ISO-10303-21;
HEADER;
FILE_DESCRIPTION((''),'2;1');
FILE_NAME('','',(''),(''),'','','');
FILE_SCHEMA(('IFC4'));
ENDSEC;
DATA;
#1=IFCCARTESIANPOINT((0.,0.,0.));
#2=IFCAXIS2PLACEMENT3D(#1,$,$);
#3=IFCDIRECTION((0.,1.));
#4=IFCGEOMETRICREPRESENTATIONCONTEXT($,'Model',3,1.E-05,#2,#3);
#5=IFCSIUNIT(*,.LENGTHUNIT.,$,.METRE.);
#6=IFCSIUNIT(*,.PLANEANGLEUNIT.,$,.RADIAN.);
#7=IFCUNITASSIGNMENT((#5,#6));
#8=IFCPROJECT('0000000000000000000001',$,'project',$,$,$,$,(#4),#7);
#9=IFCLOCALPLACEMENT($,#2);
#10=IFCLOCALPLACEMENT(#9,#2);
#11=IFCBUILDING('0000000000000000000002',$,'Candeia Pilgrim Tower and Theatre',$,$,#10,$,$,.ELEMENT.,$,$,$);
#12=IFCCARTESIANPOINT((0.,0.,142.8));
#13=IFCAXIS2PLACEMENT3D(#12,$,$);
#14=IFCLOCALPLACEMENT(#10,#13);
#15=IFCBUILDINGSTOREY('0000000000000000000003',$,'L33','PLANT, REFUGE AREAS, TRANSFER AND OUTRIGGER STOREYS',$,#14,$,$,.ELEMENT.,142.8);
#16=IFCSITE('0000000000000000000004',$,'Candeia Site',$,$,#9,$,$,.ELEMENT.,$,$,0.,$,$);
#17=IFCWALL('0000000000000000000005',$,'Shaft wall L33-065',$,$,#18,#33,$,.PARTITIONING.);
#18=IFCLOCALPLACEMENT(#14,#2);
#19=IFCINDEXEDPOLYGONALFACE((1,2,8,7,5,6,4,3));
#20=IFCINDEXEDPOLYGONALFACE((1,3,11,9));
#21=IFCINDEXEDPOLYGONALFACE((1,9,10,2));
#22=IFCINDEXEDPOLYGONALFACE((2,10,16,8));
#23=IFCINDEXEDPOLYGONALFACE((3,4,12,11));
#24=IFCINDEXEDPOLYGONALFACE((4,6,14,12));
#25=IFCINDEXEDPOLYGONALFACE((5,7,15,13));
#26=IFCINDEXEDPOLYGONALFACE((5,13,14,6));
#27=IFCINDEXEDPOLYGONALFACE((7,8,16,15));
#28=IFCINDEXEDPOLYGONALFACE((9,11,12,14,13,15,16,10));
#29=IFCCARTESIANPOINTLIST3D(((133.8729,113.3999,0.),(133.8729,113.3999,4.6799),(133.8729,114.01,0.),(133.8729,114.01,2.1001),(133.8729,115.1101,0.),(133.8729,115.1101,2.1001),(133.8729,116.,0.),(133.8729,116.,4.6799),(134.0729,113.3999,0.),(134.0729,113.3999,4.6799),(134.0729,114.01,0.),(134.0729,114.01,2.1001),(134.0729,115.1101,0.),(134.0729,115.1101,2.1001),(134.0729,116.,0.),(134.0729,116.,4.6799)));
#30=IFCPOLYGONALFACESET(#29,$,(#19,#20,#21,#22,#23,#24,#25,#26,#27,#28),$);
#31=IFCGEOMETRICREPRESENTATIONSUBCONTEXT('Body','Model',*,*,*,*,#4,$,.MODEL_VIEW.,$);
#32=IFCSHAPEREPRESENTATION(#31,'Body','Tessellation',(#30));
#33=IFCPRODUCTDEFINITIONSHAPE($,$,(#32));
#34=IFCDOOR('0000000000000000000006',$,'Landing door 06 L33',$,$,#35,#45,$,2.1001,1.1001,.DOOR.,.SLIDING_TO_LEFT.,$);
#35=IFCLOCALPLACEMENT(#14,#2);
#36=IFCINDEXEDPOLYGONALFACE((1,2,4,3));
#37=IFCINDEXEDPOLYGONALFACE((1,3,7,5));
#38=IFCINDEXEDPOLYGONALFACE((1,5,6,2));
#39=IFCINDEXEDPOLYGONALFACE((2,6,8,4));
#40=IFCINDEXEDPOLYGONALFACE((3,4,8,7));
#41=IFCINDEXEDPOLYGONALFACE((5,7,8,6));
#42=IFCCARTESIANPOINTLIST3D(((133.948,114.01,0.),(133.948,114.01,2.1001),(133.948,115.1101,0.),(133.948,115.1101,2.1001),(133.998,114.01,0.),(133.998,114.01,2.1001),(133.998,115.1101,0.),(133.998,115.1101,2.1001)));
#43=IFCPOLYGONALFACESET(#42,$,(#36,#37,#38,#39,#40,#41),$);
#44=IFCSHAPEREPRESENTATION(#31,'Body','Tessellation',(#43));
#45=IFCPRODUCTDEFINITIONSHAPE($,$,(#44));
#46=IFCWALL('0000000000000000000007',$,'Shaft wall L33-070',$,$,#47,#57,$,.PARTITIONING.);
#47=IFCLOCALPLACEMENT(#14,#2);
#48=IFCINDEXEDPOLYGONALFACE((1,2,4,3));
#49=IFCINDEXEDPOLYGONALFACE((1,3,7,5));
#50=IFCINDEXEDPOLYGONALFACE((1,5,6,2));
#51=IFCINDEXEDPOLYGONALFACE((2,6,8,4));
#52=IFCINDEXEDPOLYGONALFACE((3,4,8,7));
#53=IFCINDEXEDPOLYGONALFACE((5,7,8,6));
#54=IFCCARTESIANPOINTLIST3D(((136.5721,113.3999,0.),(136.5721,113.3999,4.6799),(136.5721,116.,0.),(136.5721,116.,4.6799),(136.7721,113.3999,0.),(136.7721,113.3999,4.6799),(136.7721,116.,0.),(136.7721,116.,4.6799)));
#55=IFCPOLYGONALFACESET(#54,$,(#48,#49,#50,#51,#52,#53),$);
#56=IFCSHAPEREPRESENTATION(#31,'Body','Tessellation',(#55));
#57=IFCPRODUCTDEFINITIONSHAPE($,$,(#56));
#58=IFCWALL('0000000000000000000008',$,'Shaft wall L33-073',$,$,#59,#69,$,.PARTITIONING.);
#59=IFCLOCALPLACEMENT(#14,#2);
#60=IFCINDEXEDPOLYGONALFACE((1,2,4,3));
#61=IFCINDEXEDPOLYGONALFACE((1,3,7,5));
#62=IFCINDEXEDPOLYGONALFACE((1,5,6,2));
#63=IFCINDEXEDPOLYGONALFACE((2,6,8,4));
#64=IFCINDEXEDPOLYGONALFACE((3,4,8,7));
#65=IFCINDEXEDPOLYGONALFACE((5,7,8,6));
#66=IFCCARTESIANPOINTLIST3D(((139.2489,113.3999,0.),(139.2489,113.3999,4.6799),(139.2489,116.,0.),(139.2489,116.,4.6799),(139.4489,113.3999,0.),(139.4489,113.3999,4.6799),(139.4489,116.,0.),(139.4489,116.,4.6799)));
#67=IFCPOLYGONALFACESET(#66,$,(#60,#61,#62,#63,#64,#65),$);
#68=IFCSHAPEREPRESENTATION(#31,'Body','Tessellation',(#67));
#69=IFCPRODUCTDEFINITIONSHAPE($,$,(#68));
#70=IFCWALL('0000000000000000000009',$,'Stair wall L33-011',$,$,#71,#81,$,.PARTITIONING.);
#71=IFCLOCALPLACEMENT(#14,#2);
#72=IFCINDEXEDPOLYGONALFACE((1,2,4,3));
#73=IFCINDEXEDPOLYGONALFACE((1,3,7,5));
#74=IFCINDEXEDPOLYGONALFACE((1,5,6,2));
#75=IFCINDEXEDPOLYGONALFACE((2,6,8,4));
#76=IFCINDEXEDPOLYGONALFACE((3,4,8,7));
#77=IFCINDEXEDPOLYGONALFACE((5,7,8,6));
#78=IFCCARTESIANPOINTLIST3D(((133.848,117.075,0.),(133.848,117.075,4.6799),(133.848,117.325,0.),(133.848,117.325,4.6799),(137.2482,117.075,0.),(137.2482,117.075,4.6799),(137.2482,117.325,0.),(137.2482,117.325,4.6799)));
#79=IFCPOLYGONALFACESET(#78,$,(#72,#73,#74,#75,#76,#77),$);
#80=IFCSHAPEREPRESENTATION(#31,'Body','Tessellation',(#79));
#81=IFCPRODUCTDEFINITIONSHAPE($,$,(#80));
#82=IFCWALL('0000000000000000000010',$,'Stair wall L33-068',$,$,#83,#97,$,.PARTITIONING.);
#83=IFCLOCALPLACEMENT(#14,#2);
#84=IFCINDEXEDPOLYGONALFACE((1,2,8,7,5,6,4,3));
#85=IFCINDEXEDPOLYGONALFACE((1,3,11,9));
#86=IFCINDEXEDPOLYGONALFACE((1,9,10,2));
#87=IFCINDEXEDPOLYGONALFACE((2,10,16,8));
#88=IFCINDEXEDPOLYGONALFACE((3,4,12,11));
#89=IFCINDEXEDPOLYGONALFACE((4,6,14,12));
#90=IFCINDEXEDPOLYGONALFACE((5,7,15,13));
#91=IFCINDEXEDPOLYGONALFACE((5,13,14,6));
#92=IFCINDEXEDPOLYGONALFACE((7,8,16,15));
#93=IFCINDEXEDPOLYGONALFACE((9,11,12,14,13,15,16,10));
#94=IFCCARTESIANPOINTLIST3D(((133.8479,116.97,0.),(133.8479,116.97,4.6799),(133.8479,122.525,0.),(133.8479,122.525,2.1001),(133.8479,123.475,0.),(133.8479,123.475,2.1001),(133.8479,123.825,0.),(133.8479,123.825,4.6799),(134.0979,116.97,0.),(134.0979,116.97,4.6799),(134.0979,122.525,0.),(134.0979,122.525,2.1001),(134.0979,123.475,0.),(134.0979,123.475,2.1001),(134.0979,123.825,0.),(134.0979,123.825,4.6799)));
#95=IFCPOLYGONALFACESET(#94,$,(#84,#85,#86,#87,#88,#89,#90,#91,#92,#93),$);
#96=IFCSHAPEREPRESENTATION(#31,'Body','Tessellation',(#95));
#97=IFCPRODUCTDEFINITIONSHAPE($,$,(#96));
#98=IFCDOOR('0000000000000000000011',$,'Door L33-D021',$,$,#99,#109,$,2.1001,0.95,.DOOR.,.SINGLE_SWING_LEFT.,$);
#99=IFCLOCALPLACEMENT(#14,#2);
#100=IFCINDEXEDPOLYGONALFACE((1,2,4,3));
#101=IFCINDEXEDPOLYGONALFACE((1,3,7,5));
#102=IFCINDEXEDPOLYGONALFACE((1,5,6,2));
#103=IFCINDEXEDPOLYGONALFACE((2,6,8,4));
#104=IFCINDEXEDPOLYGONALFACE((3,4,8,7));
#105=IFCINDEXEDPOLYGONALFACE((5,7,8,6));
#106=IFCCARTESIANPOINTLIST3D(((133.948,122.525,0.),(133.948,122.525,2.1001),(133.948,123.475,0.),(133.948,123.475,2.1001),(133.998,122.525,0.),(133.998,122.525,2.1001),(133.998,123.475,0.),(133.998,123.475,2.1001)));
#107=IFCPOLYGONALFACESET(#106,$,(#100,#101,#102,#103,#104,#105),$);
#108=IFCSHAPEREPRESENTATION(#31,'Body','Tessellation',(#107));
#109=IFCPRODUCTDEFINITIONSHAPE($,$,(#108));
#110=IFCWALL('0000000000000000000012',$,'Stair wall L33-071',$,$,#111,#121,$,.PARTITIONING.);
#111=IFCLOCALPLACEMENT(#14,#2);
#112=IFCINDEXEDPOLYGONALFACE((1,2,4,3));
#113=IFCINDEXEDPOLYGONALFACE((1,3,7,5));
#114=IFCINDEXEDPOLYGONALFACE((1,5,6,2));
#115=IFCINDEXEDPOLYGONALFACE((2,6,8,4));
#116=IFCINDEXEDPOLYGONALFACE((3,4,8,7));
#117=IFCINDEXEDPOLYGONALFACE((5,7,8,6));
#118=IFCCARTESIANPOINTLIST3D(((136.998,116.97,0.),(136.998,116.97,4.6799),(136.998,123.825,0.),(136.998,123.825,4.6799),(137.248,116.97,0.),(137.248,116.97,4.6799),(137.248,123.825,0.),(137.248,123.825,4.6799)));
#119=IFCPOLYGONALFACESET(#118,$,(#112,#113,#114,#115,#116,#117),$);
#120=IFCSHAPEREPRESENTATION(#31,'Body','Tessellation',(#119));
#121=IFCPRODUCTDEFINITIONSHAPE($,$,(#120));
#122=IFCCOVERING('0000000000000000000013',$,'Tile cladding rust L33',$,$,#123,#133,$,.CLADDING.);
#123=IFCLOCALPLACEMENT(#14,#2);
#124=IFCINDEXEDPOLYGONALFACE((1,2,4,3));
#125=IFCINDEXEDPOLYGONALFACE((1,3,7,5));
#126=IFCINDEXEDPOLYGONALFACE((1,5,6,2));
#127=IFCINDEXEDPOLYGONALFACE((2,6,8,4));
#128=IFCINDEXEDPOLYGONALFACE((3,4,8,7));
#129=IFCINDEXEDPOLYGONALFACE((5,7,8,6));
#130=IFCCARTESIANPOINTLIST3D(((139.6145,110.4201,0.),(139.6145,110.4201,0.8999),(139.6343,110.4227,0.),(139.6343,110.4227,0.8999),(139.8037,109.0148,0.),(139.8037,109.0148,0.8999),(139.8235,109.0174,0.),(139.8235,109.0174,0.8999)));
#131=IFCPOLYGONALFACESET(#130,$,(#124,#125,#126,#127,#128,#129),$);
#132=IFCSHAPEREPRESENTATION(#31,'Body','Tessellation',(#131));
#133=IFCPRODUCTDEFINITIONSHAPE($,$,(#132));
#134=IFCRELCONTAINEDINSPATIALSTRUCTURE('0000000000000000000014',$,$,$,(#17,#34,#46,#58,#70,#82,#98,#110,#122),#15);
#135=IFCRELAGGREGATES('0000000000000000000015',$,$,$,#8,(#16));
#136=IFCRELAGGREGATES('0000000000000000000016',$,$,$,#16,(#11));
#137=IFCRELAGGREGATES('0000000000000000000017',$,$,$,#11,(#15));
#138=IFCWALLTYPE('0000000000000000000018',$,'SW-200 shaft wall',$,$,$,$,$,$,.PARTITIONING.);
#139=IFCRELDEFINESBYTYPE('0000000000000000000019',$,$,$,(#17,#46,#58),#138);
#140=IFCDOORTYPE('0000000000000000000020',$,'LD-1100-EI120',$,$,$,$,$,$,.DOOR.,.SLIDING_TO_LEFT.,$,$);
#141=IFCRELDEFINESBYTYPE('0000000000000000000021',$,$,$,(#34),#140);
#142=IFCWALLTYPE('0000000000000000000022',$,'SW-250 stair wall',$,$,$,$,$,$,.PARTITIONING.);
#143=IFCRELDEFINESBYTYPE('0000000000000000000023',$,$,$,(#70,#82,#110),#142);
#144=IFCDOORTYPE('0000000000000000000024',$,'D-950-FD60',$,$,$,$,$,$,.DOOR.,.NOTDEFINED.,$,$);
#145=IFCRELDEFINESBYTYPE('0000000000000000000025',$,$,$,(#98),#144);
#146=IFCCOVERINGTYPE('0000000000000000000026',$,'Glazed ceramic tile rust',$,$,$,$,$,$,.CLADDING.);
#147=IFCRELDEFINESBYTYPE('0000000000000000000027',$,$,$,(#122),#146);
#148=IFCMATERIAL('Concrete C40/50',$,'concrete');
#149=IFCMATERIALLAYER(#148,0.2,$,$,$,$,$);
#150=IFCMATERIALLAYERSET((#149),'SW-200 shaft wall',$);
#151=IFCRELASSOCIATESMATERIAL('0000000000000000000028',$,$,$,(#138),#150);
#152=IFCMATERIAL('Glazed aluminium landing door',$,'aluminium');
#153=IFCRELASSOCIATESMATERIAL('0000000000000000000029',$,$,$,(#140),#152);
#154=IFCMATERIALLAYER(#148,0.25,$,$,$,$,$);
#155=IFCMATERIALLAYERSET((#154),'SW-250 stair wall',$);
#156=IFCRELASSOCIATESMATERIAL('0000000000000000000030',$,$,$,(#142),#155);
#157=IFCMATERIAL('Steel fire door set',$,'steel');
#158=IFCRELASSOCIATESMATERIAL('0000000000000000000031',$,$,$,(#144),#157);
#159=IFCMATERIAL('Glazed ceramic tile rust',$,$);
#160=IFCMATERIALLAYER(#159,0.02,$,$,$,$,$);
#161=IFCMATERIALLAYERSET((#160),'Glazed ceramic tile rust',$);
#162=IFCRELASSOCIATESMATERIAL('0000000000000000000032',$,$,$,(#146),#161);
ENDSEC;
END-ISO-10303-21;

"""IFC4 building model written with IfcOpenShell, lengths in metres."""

from ifc_helpers import new_model, si_unit, direction, frame, frame_2d, origin, origin_2d, place, context, subcontext, project, spatial, rectangle, extrude, material, layer, layer_set, type_object, element, fill, save


model = new_model("IFC4")

# Units and contexts
model_context = context("Model", 3, precision=1e-05, world=origin(), true_north=direction((0.0, 1.0)))
body_context = subcontext(model_context, "Body", "Model", "MODEL_VIEW")
ifc_project = project(units=[si_unit("LENGTHUNIT", "METRE"), si_unit("PLANEANGLEUNIT", "RADIAN")], contexts=[model_context])

# Site, building, storey
site_placement = place(None, origin())
site = spatial("IfcSite", under=ifc_project, at=site_placement, Name="Candeia Site", CompositionType="ELEMENT", RefElevation=0.0)
building_placement = place(site_placement, origin())
building = spatial("IfcBuilding", under=site, at=building_placement, Name="Candeia Pilgrim Tower and Theatre", CompositionType="ELEMENT")
storey_placement = place(building_placement, frame((0.0, 0.0, 142.8)))
storey = spatial("IfcBuildingStorey", under=building, at=storey_placement, Name="L33", Description="PLANT, REFUGE AREAS, TRANSFER AND OUTRIGGER STOREYS", CompositionType="ELEMENT", Elevation=142.8)

# Shared definitions
ifc_material_1 = material(Name="Steel fire door set", Category="steel")

# Wall, opening, door
ifc_material_2 = material(Name="Concrete C40/50", Category="concrete")
ifc_layer_1 = layer(ifc_material_2, 0.2)
ifc_layer_set_1 = layer_set([ifc_layer_1], Name="SW-200 shaft wall")
wall_type_1 = type_object("IfcWallType", Name="SW-200 shaft wall", PredefinedType="PARTITIONING", material=ifc_layer_set_1)
wall_1_placement = place(storey_placement, frame((133.9729, 113.3999, 0.0), z_axis=(0.0, 0.0, 1.0), x_axis=(0.0, 1.0, 0.0)))
wall_1 = element("IfcWall", 1, at=wall_1_placement, inside=storey, type_object=wall_type_1, Name="Shaft wall L33-065", PredefinedType="PARTITIONING", context=body_context, shape_type="SweptSolid", body=[
    extrude(rectangle(XDim=2.6001, YDim=0.2, at=frame_2d((1.3, 0.0))), origin(), (0.0, 0.0, 1.0), 4.6799),
])
opening_1_placement = place(wall_1_placement, frame((0.6101, 0.0, 0.0)))
opening_1 = element("IfcOpeningElement", 2, at=opening_1_placement, cuts=wall_1, PredefinedType="OPENING", context=body_context, shape_type="SweptSolid", body=[
    extrude(rectangle(XDim=1.1001, YDim=2.1001, at=frame_2d((0.55, 1.05))), frame((0.0, 0.1099, 0.0), z_axis=(0.0, -1.0, 0.0), x_axis=(1.0, 0.0, 0.0)), (0.0, 0.0, 1.0), 0.22),
])
ifc_material_3 = material(Name="Glazed aluminium landing door", Category="aluminium")
door_type_1 = type_object("IfcDoorType", Name="LD-1100-EI120", OperationType="SLIDING_TO_LEFT", PredefinedType="DOOR", material=ifc_material_3)
door_1_placement = place(opening_1_placement, origin())
door_1 = element("IfcDoor", 3, at=door_1_placement, inside=storey, type_object=door_type_1, Name="Landing door 06 L33", OperationType="SLIDING_TO_LEFT", OverallHeight=2.1001, OverallWidth=1.1001, PredefinedType="DOOR", context=body_context, shape_type="SweptSolid", body=[
    extrude(rectangle(XDim=1.1001, YDim=2.1001, at=frame_2d((0.55, 1.05))), frame((0.0, 0.0249, 0.0), z_axis=(0.0, -1.0, 0.0), x_axis=(1.0, 0.0, 0.0)), (0.0, 0.0, 1.0), 0.05),
])
fill(opening_1, door_1)

# Walls
for number, where, z_axis, x_axis, name in (
    (4, (136.6721, 113.3999, 0.0), (0.0, 0.0, 1.0), (0.0, 1.0, 0.0), "Shaft wall L33-070"),
    (5, (139.3489, 113.3999, 0.0), (0.0, 0.0, 1.0), (0.0, 1.0, 0.0), "Shaft wall L33-073"),
):
    element("IfcWall", number, at=place(storey_placement, frame(where, z_axis=z_axis, x_axis=x_axis)), inside=storey, type_object=wall_type_1, Name=name, PredefinedType="PARTITIONING", context=body_context, shape_type="SweptSolid", body=[
        extrude(rectangle(XDim=2.6001, YDim=0.2, at=frame_2d((1.3, 0.0))), origin(), (0.0, 0.0, 1.0), 4.6799),
    ])
ifc_layer_2 = layer(ifc_material_2, 0.25)
ifc_layer_set_2 = layer_set([ifc_layer_2], Name="SW-250 stair wall")
wall_type_2 = type_object("IfcWallType", Name="SW-250 stair wall", PredefinedType="PARTITIONING", material=ifc_layer_set_2)
wall_2_placement = place(storey_placement, frame((133.8479, 117.2, 0.0), z_axis=(0.0, 0.0, 1.0), x_axis=(1.0, 0.0, 0.0)))
element("IfcWall", 6, at=wall_2_placement, inside=storey, type_object=wall_type_2, Name="Stair wall L33-011", PredefinedType="PARTITIONING", context=body_context, shape_type="SweptSolid", body=[
    extrude(rectangle(XDim=3.4001, YDim=0.25, at=frame_2d((1.7002, 0.0))), origin(), (0.0, 0.0, 1.0), 4.6799),
])

# Wall, opening, door
wall_3_placement = place(storey_placement, frame((133.9729, 116.97, 0.0), z_axis=(0.0, 0.0, 1.0), x_axis=(0.0, 1.0, 0.0)))
wall_3 = element("IfcWall", 7, at=wall_3_placement, inside=storey, type_object=wall_type_2, Name="Stair wall L33-068", PredefinedType="PARTITIONING", context=body_context, shape_type="SweptSolid", body=[
    extrude(rectangle(XDim=6.855, YDim=0.25, at=frame_2d((3.4275, 0.0))), origin(), (0.0, 0.0, 1.0), 4.6799),
])
opening_2_placement = place(wall_3_placement, frame((5.5549, 0.0, 0.0)))
opening_2 = element("IfcOpeningElement", 8, at=opening_2_placement, cuts=wall_3, PredefinedType="OPENING", context=body_context, shape_type="SweptSolid", body=[
    extrude(rectangle(XDim=0.95, YDim=2.1001, at=frame_2d((0.4751, 1.05))), frame((0.0, 0.135, 0.0), z_axis=(0.0, -1.0, 0.0), x_axis=(1.0, 0.0, 0.0)), (0.0, 0.0, 1.0), 0.27),
])
door_type_2 = type_object("IfcDoorType", Name="D-950-FD60", OperationType="NOTDEFINED", PredefinedType="DOOR", material=ifc_material_1)
door_2_placement = place(opening_2_placement, origin())
door_2 = element("IfcDoor", 9, at=door_2_placement, inside=storey, type_object=door_type_2, Name="Door L33-D021", OperationType="SINGLE_SWING_LEFT", OverallHeight=2.1001, OverallWidth=0.95, PredefinedType="DOOR", context=body_context, shape_type="SweptSolid", body=[
    extrude(rectangle(XDim=0.95, YDim=2.1001, at=frame_2d((0.4751, 1.05))), frame((0.0, 0.0249, 0.0), z_axis=(0.0, -1.0, 0.0), x_axis=(1.0, 0.0, 0.0)), (0.0, 0.0, 1.0), 0.05),
])
fill(opening_2, door_2)

# Wall
wall_4_placement = place(storey_placement, frame((137.123, 116.97, 0.0), z_axis=(0.0, 0.0, 1.0), x_axis=(0.0, 1.0, 0.0)))
element("IfcWall", 10, at=wall_4_placement, inside=storey, type_object=wall_type_2, Name="Stair wall L33-071", PredefinedType="PARTITIONING", context=body_context, shape_type="SweptSolid", body=[
    extrude(rectangle(XDim=6.855, YDim=0.25, at=frame_2d((3.4275, 0.0))), origin(), (0.0, 0.0, 1.0), 4.6799),
])

# Covering
ifc_material_4 = material(Name="Glazed ceramic tile rust")
ifc_layer_3 = layer(ifc_material_4, 0.02)
ifc_layer_set_3 = layer_set([ifc_layer_3], Name="Glazed ceramic tile rust")
covering_type = type_object("IfcCoveringType", Name="Glazed ceramic tile rust", PredefinedType="CLADDING", material=ifc_layer_set_3)
covering_placement = place(storey_placement, frame((139.719, 109.7188, 0.0), z_axis=(0.0, 0.0, 1.0), x_axis=(-0.133412, 0.991061, 0.0)))
element("IfcCovering", 11, at=covering_placement, inside=storey, type_object=covering_type, Name="Tile cladding rust L33", PredefinedType="CLADDING", context=body_context, shape_type="SweptSolid", body=[
    extrude(rectangle(XDim=1.418, YDim=0.02, at=origin_2d()), origin(), (0.0, 0.0, 1.0), 0.8999),
])

save(model, "model.ifc")
